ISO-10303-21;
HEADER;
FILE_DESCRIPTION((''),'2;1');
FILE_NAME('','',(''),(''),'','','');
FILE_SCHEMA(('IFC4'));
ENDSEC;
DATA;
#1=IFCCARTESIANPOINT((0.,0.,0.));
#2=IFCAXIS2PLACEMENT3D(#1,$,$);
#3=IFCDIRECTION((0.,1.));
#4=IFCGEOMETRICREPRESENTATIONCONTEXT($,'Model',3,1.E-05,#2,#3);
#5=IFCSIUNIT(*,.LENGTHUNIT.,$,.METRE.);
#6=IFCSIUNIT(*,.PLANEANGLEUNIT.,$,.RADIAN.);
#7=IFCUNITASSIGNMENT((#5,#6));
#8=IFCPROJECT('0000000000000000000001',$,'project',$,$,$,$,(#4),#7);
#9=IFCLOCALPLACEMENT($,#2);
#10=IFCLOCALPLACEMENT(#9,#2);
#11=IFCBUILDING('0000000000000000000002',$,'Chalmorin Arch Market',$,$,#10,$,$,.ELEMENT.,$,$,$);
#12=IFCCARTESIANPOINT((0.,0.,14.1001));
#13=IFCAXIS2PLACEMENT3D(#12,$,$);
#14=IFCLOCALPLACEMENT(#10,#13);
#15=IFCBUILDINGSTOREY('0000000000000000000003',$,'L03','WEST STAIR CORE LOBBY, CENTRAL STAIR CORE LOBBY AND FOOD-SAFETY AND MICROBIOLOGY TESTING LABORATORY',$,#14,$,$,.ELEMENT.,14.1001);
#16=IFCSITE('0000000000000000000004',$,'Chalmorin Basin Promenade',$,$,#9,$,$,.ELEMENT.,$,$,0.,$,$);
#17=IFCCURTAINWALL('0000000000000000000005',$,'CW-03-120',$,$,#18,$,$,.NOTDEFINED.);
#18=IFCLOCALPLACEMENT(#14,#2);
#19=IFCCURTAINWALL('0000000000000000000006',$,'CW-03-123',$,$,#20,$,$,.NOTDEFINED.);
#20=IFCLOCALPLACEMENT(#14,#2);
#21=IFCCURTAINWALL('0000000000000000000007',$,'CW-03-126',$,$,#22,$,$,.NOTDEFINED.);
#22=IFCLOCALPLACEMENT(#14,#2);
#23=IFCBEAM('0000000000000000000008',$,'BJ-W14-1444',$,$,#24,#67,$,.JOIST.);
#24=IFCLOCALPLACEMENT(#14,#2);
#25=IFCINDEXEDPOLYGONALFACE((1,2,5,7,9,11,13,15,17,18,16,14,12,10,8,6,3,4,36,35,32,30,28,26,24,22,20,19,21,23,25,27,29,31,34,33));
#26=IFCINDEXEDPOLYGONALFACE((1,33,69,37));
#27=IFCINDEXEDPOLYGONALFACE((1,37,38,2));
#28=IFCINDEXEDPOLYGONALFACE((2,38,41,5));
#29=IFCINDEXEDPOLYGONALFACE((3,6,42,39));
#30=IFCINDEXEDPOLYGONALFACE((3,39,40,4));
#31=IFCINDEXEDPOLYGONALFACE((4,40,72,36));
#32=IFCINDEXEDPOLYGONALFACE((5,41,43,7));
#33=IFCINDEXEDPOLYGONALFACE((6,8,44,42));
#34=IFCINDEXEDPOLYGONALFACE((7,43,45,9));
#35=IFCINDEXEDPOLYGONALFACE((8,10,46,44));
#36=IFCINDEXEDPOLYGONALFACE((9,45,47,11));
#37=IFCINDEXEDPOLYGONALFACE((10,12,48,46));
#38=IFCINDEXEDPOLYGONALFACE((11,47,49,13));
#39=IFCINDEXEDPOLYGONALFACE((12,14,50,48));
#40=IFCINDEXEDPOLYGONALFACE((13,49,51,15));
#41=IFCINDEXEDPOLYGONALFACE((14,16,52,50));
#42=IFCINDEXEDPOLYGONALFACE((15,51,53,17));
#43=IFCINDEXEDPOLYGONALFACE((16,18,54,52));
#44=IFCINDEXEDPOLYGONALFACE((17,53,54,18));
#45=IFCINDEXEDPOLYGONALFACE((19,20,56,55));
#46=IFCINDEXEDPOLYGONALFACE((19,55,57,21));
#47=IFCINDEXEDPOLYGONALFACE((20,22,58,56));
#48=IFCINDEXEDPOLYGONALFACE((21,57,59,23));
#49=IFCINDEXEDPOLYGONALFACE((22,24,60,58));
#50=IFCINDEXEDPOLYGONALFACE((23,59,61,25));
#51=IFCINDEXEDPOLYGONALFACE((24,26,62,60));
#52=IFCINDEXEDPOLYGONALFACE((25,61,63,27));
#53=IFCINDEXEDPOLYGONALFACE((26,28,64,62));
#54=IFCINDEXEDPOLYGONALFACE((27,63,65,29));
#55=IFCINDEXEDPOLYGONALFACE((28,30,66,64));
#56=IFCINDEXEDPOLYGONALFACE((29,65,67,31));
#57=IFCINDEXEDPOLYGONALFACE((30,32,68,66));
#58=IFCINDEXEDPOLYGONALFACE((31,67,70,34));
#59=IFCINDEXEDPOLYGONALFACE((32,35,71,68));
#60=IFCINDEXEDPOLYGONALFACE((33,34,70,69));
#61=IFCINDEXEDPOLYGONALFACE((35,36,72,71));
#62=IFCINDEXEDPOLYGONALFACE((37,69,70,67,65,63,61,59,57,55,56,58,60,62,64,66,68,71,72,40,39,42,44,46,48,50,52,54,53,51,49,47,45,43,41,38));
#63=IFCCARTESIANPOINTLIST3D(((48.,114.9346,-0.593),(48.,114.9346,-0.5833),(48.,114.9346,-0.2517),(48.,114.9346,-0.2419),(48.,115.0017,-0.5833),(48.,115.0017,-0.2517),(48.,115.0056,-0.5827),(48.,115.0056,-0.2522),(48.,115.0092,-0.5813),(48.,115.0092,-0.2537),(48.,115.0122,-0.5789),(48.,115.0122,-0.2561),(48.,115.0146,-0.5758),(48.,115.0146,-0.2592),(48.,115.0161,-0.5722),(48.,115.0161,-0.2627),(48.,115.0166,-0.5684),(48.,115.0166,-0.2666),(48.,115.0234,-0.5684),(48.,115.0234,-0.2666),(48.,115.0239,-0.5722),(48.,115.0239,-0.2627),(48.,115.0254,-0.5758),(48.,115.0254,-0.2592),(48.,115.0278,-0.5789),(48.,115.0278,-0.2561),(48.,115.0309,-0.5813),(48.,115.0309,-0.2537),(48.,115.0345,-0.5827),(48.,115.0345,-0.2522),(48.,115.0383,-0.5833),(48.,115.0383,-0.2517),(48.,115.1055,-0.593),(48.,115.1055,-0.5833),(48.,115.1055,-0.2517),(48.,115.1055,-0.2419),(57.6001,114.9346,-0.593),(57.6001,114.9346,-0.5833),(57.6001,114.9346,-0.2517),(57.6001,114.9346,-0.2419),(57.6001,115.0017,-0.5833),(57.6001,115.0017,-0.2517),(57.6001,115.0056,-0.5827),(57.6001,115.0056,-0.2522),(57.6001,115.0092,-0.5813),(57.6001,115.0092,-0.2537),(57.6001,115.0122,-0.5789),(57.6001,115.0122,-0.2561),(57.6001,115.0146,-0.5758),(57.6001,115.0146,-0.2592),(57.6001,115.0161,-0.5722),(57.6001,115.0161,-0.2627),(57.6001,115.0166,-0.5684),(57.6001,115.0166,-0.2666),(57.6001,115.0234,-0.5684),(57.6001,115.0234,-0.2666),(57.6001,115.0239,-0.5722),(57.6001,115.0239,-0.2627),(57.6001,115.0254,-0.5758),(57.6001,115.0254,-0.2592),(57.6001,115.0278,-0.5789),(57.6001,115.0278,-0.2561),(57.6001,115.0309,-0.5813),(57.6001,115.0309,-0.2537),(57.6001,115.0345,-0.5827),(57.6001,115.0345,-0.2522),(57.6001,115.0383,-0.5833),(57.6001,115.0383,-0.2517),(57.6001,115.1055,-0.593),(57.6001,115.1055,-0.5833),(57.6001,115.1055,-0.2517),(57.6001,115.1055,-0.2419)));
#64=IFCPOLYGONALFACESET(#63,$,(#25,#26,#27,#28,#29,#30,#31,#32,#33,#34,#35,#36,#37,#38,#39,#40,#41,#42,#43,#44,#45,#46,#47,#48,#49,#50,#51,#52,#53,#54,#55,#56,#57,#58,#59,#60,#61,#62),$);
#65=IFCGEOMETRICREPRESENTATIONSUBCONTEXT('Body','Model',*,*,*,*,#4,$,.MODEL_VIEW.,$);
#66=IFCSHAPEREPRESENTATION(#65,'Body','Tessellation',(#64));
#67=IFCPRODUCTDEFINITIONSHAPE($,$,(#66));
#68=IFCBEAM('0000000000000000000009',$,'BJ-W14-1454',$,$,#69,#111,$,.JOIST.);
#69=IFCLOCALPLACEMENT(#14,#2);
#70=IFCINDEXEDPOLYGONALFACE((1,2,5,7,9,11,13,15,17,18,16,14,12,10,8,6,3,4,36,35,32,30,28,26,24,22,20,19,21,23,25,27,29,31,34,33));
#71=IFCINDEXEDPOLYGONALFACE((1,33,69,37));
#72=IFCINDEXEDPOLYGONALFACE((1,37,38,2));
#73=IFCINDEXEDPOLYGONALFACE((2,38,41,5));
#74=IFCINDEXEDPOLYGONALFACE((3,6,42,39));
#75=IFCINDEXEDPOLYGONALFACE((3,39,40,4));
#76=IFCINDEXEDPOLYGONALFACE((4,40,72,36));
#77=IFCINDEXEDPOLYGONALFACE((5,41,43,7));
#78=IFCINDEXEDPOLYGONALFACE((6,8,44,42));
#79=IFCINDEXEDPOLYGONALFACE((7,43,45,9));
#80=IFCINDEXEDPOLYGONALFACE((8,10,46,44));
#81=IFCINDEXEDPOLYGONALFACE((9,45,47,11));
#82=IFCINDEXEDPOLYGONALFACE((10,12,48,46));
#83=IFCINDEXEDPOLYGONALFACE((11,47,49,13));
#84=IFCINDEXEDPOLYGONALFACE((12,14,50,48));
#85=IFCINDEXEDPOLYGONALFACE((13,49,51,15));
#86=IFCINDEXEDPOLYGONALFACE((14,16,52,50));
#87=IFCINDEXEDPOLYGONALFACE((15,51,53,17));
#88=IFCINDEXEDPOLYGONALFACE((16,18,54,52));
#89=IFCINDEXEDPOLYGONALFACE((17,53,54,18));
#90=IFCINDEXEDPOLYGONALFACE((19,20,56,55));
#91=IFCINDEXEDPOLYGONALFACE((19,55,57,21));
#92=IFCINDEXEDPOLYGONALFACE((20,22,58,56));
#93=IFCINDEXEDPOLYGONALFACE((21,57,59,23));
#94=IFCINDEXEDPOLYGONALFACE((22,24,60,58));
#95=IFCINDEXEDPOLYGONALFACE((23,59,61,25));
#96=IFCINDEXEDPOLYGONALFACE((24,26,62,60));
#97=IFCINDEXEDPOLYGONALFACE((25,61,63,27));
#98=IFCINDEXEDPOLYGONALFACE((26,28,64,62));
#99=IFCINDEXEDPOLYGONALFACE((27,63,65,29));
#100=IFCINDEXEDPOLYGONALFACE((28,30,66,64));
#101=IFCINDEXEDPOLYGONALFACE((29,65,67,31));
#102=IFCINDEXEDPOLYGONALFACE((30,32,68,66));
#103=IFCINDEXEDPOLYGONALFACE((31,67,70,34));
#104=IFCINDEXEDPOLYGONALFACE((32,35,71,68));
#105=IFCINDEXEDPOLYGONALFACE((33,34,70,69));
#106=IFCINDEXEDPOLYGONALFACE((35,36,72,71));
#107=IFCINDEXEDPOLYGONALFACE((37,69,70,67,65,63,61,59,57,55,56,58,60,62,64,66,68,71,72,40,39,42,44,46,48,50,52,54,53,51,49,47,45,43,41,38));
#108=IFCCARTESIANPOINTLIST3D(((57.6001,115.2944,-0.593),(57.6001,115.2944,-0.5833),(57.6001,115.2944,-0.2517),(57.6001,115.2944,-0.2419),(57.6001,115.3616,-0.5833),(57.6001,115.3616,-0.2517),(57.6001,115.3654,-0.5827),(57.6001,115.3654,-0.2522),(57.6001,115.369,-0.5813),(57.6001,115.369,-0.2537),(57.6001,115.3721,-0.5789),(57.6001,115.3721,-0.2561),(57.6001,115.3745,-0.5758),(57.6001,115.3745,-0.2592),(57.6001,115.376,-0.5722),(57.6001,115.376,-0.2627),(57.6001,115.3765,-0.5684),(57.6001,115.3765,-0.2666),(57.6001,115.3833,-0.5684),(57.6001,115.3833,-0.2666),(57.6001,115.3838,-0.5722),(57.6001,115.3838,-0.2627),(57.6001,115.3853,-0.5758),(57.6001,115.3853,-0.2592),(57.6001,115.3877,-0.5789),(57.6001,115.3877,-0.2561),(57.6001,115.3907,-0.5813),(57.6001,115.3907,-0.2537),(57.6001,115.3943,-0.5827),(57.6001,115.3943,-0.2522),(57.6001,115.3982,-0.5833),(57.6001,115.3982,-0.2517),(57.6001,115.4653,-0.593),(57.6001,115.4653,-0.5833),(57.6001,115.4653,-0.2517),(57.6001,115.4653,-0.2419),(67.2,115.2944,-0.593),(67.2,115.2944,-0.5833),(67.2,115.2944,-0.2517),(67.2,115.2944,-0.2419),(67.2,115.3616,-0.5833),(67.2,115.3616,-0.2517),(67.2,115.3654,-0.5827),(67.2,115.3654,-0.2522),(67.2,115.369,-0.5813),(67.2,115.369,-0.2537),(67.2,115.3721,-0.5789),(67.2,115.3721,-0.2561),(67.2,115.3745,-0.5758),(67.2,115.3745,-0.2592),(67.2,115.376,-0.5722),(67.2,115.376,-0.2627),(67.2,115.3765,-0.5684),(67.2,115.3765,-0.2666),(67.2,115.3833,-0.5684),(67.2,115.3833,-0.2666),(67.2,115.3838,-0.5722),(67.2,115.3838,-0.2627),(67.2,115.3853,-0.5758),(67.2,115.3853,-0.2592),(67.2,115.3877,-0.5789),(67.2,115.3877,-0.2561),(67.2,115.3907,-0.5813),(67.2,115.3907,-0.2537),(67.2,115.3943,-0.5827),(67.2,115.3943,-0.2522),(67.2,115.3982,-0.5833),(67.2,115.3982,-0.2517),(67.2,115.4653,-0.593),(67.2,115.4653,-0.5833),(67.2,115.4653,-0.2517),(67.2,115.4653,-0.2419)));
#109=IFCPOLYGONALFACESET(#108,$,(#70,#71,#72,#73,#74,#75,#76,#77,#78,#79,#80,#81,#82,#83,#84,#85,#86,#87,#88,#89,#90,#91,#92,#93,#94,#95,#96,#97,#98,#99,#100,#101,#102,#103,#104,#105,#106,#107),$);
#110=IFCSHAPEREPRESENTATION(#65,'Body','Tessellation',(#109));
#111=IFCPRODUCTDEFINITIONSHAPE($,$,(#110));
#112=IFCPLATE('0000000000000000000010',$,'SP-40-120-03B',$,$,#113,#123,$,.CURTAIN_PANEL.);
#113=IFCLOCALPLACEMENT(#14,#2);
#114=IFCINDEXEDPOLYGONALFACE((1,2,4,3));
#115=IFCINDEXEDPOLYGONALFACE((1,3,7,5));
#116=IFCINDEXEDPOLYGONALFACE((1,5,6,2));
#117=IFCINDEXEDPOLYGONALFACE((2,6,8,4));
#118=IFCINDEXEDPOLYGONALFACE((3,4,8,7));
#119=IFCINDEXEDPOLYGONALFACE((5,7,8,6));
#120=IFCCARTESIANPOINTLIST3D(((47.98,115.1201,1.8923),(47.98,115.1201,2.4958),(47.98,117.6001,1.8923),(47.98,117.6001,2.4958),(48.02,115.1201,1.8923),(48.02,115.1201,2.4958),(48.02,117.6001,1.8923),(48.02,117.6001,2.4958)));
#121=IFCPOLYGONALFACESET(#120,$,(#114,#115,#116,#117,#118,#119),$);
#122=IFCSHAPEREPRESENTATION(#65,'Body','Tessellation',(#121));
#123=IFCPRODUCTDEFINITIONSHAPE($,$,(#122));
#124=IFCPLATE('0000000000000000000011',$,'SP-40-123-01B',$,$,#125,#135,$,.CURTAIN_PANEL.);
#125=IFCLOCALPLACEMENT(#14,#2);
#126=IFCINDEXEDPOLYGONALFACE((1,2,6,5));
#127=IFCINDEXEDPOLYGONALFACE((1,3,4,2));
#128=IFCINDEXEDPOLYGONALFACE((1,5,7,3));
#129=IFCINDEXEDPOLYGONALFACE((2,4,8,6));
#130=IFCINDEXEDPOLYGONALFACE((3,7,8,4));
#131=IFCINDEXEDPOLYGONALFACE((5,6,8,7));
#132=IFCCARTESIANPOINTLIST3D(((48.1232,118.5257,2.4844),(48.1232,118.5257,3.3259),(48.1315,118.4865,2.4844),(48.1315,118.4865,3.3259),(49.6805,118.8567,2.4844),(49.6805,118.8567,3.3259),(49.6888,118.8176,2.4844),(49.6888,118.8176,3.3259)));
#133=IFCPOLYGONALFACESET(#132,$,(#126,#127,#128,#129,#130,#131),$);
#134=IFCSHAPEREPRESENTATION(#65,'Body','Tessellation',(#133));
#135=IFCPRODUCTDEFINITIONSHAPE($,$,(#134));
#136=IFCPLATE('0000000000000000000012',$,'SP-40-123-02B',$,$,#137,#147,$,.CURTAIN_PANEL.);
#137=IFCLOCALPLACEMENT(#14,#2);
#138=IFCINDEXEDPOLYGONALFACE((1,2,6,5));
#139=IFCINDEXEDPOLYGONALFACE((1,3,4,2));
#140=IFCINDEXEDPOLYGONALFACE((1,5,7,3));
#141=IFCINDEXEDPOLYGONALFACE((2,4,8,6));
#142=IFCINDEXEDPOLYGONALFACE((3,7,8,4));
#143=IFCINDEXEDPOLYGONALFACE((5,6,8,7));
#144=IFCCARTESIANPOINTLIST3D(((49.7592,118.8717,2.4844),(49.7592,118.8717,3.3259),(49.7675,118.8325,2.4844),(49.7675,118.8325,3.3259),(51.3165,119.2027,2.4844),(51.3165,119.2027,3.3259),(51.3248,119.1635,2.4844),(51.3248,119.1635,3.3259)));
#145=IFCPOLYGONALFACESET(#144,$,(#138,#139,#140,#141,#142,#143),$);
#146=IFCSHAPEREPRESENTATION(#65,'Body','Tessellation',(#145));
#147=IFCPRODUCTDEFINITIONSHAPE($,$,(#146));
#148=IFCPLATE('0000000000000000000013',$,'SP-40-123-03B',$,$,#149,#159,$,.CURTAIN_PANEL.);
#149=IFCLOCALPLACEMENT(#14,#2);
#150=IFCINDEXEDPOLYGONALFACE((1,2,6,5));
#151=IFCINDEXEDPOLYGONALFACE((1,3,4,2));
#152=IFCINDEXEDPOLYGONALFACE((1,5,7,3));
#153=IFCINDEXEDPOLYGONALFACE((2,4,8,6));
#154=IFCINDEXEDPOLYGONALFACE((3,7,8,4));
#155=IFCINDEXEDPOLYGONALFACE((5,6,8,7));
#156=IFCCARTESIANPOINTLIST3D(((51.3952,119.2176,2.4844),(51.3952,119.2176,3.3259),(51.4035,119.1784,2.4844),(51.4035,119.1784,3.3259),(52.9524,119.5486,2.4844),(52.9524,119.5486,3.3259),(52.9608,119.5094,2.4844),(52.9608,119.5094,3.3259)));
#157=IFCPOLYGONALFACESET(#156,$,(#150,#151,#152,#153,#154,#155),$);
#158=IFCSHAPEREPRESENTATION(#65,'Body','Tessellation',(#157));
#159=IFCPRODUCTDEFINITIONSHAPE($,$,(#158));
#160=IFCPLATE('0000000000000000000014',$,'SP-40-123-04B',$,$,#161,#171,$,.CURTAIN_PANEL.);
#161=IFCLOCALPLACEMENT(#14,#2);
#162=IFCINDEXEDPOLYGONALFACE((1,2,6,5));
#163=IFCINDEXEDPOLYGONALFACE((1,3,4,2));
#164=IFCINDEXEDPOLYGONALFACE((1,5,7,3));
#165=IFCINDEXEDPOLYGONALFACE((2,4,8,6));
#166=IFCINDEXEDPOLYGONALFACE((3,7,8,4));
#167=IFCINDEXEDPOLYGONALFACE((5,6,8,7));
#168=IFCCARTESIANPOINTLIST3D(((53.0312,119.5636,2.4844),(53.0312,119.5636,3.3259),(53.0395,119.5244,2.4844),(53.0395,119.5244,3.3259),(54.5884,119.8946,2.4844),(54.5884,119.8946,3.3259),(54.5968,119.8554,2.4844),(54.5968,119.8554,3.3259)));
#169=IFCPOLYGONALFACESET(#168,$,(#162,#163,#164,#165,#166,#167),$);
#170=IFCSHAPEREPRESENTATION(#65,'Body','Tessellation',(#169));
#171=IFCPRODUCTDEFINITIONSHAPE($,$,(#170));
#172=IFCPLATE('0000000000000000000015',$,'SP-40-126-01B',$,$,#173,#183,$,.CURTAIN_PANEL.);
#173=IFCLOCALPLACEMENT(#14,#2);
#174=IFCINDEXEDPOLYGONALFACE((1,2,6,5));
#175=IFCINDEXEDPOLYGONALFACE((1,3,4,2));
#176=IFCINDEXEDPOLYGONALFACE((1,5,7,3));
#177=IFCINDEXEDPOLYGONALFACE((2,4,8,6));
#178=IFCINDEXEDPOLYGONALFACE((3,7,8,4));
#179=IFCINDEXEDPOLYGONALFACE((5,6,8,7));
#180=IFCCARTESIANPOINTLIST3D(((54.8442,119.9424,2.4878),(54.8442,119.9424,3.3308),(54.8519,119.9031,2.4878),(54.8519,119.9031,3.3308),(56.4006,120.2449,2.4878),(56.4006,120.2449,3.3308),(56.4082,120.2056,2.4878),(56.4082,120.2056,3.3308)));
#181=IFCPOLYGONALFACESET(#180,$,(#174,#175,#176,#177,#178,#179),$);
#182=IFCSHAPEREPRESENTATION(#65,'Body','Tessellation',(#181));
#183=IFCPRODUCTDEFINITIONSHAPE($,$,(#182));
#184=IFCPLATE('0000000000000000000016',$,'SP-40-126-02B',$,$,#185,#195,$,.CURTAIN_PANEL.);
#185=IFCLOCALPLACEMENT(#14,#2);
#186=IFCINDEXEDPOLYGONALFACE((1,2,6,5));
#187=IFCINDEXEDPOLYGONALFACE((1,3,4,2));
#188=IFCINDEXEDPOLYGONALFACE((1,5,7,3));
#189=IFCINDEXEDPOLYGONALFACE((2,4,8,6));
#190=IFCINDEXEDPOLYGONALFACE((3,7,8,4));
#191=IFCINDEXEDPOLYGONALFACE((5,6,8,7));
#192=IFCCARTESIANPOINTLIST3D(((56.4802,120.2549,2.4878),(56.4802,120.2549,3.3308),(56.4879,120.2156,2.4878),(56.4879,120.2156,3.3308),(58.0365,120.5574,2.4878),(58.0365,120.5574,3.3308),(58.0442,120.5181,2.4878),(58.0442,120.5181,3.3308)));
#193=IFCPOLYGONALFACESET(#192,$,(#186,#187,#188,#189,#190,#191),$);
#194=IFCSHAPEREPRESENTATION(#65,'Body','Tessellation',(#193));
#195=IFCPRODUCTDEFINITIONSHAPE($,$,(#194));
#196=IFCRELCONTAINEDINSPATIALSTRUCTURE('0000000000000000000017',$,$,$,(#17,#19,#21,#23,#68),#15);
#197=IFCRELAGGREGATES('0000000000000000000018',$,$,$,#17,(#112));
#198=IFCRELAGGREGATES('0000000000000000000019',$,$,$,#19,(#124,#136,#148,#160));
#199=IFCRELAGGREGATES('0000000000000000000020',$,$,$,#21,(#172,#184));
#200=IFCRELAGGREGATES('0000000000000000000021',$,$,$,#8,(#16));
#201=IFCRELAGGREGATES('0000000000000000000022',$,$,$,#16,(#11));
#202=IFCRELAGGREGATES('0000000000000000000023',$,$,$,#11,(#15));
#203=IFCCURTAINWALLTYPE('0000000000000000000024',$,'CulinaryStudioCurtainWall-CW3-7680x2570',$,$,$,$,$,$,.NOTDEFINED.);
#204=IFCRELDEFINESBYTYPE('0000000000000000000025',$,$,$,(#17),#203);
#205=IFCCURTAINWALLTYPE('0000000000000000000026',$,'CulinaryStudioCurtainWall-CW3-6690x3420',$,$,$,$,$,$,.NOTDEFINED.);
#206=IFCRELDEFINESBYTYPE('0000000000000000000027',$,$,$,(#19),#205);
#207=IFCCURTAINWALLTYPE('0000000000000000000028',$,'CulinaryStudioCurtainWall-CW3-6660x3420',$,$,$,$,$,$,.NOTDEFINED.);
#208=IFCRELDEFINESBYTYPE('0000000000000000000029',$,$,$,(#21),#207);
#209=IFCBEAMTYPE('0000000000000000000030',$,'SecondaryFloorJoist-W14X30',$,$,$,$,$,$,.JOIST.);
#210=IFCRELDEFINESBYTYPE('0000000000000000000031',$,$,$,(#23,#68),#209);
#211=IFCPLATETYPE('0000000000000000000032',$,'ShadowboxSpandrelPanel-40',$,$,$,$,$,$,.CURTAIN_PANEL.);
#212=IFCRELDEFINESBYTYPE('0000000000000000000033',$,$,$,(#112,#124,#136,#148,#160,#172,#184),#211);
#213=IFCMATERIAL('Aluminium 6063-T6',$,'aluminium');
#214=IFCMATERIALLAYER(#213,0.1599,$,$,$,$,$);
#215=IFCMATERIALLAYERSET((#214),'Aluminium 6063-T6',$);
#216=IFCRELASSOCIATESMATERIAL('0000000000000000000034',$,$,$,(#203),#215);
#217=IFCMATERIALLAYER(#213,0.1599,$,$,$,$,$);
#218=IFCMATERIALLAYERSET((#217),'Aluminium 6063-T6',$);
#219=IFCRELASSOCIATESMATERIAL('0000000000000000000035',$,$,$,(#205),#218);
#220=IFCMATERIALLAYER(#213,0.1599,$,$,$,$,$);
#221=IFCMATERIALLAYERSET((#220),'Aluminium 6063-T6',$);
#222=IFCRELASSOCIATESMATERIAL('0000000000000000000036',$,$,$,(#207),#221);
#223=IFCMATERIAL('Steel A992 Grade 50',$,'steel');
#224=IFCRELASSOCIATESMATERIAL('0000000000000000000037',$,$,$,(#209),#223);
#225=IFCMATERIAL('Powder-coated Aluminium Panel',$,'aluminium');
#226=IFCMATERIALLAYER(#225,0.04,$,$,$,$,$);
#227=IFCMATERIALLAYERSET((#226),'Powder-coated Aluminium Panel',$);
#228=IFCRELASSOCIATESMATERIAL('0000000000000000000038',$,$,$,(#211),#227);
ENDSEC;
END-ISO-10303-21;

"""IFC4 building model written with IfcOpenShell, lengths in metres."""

from ifc_helpers import new_model, si_unit, direction, frame, origin, origin_2d, place, context, subcontext, project, spatial, rectangle, i_section, extrude, material, layer, layer_set, material_profile, profile_set, type_object, element, aggregate, save


model = new_model("IFC4")

# Units and contexts
model_context = context("Model", 3, precision=1e-05, world=origin(), true_north=direction((0.0, 1.0)))
body_context = subcontext(model_context, "Body", "Model", "MODEL_VIEW")
ifc_project = project(units=[si_unit("LENGTHUNIT", "METRE"), si_unit("PLANEANGLEUNIT", "RADIAN")], contexts=[model_context])

# Site, building, storey
site_placement = place(None, origin())
site = spatial("IfcSite", under=ifc_project, at=site_placement, Name="Chalmorin Basin Promenade", CompositionType="ELEMENT", RefElevation=0.0)
building_placement = place(site_placement, origin())
building = spatial("IfcBuilding", under=site, at=building_placement, Name="Chalmorin Arch Market", CompositionType="ELEMENT")
storey_placement = place(building_placement, frame((0.0, 0.0, 14.1001)))
storey = spatial("IfcBuildingStorey", under=building, at=storey_placement, Name="L03", Description="WEST STAIR CORE LOBBY, CENTRAL STAIR CORE LOBBY AND FOOD-SAFETY AND MICROBIOLOGY TESTING LABORATORY", CompositionType="ELEMENT", Elevation=14.1001)

# Curtain walls
ifc_material_1 = material(Name="Aluminium 6063-T6", Category="aluminium")
ifc_layer_1 = layer(ifc_material_1, 0.1599)
ifc_layer_set_1 = layer_set([ifc_layer_1], Name="Aluminium 6063-T6")
curtain_wall_type_1 = type_object("IfcCurtainWallType", Name="CulinaryStudioCurtainWall-CW3-7680x2570", PredefinedType="NOTDEFINED", material=ifc_layer_set_1)
curtain_wall_1_placement = place(storey_placement, origin())
curtain_wall_1 = element("IfcCurtainWall", 1, at=curtain_wall_1_placement, inside=storey, type_object=curtain_wall_type_1, Name="CW-03-120", PredefinedType="NOTDEFINED")
ifc_layer_2 = layer(ifc_material_1, 0.1599)
ifc_layer_set_2 = layer_set([ifc_layer_2], Name="Aluminium 6063-T6")
curtain_wall_type_2 = type_object("IfcCurtainWallType", Name="CulinaryStudioCurtainWall-CW3-6690x3420", PredefinedType="NOTDEFINED", material=ifc_layer_set_2)
curtain_wall_2_placement = place(storey_placement, origin())
curtain_wall_2 = element("IfcCurtainWall", 2, at=curtain_wall_2_placement, inside=storey, type_object=curtain_wall_type_2, Name="CW-03-123", PredefinedType="NOTDEFINED")
ifc_layer_3 = layer(ifc_material_1, 0.1599)
ifc_layer_set_3 = layer_set([ifc_layer_3], Name="Aluminium 6063-T6")
curtain_wall_type_3 = type_object("IfcCurtainWallType", Name="CulinaryStudioCurtainWall-CW3-6660x3420", PredefinedType="NOTDEFINED", material=ifc_layer_set_3)
curtain_wall_3_placement = place(storey_placement, origin())
curtain_wall_3 = element("IfcCurtainWall", 3, at=curtain_wall_3_placement, inside=storey, type_object=curtain_wall_type_3, Name="CW-03-126", PredefinedType="NOTDEFINED")

# Shared definitions
ifc_material_2 = material(Name="Steel A992 Grade 50", Category="steel")

# Beams
ifc_material_profile_1 = material_profile(ifc_material_2, i_section(OverallWidth=0.1709, OverallDepth=0.3511, WebThickness=0.0068, FlangeThickness=0.0098, FilletRadius=0.0149, at=origin_2d()), Name="W14X30")
ifc_profile_set_1 = profile_set([ifc_material_profile_1], Name="Steel A992 Grade 50")
beam_type_1 = type_object("IfcBeamType", Name="SecondaryFloorJoist-W14X30", PredefinedType="JOIST", material=ifc_profile_set_1)
beam_1_placement = place(storey_placement, frame((48.0, 115.02, -0.4175), z_axis=(1.0, 0.0, 0.0), x_axis=(0.0, 1.0, 0.0)))
element("IfcBeam", 4, at=beam_1_placement, inside=storey, type_object=beam_type_1, Name="BJ-W14-1444", PredefinedType="JOIST", context=body_context, shape_type="SweptSolid", body=[
    extrude(i_section(OverallWidth=0.1709, OverallDepth=0.3511, WebThickness=0.0068, FlangeThickness=0.0098, FilletRadius=0.0149, at=origin_2d()), origin(), (0.0, 0.0, 1.0), 9.6001),
])
beam_2_placement = place(storey_placement, frame((57.6001, 115.3799, -0.4175), z_axis=(1.0, 0.0, 0.0), x_axis=(0.0, 1.0, 0.0)))
element("IfcBeam", 5, at=beam_2_placement, inside=storey, type_object=beam_type_1, Name="BJ-W14-1454", PredefinedType="JOIST", context=body_context, shape_type="SweptSolid", body=[
    extrude(i_section(OverallWidth=0.1709, OverallDepth=0.3511, WebThickness=0.0068, FlangeThickness=0.0098, FilletRadius=0.0149, at=origin_2d()), origin(), (0.0, 0.0, 1.0), 9.5999),
])

# Plates
ifc_material_3 = material(Name="Powder-coated Aluminium Panel", Category="aluminium")
ifc_layer_4 = layer(ifc_material_3, 0.04)
ifc_layer_set_4 = layer_set([ifc_layer_4], Name="Powder-coated Aluminium Panel")
plate_type_1 = type_object("IfcPlateType", Name="ShadowboxSpandrelPanel-40", PredefinedType="CURTAIN_PANEL", material=ifc_layer_set_4)
plate_1_placement = place(storey_placement, frame((48.0, 116.3601, 1.8923), z_axis=(0.0, 0.0, 1.0), x_axis=(0.0, 1.0, 0.0)))
plate_1 = element("IfcPlate", 6, at=plate_1_placement, type_object=plate_type_1, Name="SP-40-120-03B", PredefinedType="CURTAIN_PANEL", context=body_context, shape_type="SweptSolid", body=[
    extrude(rectangle(XDim=2.48, YDim=0.04, at=origin_2d()), origin(), (0.0, 0.0, 1.0), 0.6035),
])
plate_2_placement = place(storey_placement, frame((48.906, 118.6716, 2.4844), z_axis=(0.0, 0.0, 1.0), x_axis=(0.978148, 0.207912, 0.0)))
plate_2 = element("IfcPlate", 7, at=plate_2_placement, type_object=plate_type_1, Name="SP-40-123-01B", PredefinedType="CURTAIN_PANEL", context=body_context, shape_type="SweptSolid", body=[
    extrude(rectangle(XDim=1.592, YDim=0.04, at=origin_2d()), origin(), (0.0, 0.0, 1.0), 0.8416),
])
plate_3_placement = place(storey_placement, frame((50.542, 119.0176, 2.4844), z_axis=(0.0, 0.0, 1.0), x_axis=(0.978148, 0.207912, 0.0)))
plate_3 = element("IfcPlate", 8, at=plate_3_placement, type_object=plate_type_1, Name="SP-40-123-02B", PredefinedType="CURTAIN_PANEL", context=body_context, shape_type="SweptSolid", body=[
    extrude(rectangle(XDim=1.592, YDim=0.04, at=origin_2d()), origin(), (0.0, 0.0, 1.0), 0.8416),
])
plate_4_placement = place(storey_placement, frame((52.178, 119.3635, 2.4844), z_axis=(0.0, 0.0, 1.0), x_axis=(0.978148, 0.207912, 0.0)))
plate_4 = element("IfcPlate", 9, at=plate_4_placement, type_object=plate_type_1, Name="SP-40-123-03B", PredefinedType="CURTAIN_PANEL", context=body_context, shape_type="SweptSolid", body=[
    extrude(rectangle(XDim=1.592, YDim=0.04, at=origin_2d()), origin(), (0.0, 0.0, 1.0), 0.8416),
])
plate_5_placement = place(storey_placement, frame((53.814, 119.7095, 2.4844), z_axis=(0.0, 0.0, 1.0), x_axis=(0.978148, 0.207912, 0.0)))
plate_5 = element("IfcPlate", 10, at=plate_5_placement, type_object=plate_type_1, Name="SP-40-123-04B", PredefinedType="CURTAIN_PANEL", context=body_context, shape_type="SweptSolid", body=[
    extrude(rectangle(XDim=1.592, YDim=0.04, at=origin_2d()), origin(), (0.0, 0.0, 1.0), 0.8416),
])
plate_6_placement = place(storey_placement, frame((55.6262, 120.074, 2.4878), z_axis=(0.0, 0.0, 1.0), x_axis=(0.981627, 0.190809, 0.0)))
plate_6 = element("IfcPlate", 11, at=plate_6_placement, type_object=plate_type_1, Name="SP-40-126-01B", PredefinedType="CURTAIN_PANEL", context=body_context, shape_type="SweptSolid", body=[
    extrude(rectangle(XDim=1.5854, YDim=0.04, at=origin_2d()), origin(), (0.0, 0.0, 1.0), 0.843),
])
plate_7_placement = place(storey_placement, frame((57.2622, 120.3865, 2.4878), z_axis=(0.0, 0.0, 1.0), x_axis=(0.981627, 0.190809, 0.0)))
plate_7 = element("IfcPlate", 12, at=plate_7_placement, type_object=plate_type_1, Name="SP-40-126-02B", PredefinedType="CURTAIN_PANEL", context=body_context, shape_type="SweptSolid", body=[
    extrude(rectangle(XDim=1.5854, YDim=0.04, at=origin_2d()), origin(), (0.0, 0.0, 1.0), 0.843),
])
aggregate(curtain_wall_1, [plate_1])
aggregate(curtain_wall_2, [plate_2, plate_3, plate_4, plate_5])
aggregate(curtain_wall_3, [plate_6, plate_7])

save(model, "model.ifc")
